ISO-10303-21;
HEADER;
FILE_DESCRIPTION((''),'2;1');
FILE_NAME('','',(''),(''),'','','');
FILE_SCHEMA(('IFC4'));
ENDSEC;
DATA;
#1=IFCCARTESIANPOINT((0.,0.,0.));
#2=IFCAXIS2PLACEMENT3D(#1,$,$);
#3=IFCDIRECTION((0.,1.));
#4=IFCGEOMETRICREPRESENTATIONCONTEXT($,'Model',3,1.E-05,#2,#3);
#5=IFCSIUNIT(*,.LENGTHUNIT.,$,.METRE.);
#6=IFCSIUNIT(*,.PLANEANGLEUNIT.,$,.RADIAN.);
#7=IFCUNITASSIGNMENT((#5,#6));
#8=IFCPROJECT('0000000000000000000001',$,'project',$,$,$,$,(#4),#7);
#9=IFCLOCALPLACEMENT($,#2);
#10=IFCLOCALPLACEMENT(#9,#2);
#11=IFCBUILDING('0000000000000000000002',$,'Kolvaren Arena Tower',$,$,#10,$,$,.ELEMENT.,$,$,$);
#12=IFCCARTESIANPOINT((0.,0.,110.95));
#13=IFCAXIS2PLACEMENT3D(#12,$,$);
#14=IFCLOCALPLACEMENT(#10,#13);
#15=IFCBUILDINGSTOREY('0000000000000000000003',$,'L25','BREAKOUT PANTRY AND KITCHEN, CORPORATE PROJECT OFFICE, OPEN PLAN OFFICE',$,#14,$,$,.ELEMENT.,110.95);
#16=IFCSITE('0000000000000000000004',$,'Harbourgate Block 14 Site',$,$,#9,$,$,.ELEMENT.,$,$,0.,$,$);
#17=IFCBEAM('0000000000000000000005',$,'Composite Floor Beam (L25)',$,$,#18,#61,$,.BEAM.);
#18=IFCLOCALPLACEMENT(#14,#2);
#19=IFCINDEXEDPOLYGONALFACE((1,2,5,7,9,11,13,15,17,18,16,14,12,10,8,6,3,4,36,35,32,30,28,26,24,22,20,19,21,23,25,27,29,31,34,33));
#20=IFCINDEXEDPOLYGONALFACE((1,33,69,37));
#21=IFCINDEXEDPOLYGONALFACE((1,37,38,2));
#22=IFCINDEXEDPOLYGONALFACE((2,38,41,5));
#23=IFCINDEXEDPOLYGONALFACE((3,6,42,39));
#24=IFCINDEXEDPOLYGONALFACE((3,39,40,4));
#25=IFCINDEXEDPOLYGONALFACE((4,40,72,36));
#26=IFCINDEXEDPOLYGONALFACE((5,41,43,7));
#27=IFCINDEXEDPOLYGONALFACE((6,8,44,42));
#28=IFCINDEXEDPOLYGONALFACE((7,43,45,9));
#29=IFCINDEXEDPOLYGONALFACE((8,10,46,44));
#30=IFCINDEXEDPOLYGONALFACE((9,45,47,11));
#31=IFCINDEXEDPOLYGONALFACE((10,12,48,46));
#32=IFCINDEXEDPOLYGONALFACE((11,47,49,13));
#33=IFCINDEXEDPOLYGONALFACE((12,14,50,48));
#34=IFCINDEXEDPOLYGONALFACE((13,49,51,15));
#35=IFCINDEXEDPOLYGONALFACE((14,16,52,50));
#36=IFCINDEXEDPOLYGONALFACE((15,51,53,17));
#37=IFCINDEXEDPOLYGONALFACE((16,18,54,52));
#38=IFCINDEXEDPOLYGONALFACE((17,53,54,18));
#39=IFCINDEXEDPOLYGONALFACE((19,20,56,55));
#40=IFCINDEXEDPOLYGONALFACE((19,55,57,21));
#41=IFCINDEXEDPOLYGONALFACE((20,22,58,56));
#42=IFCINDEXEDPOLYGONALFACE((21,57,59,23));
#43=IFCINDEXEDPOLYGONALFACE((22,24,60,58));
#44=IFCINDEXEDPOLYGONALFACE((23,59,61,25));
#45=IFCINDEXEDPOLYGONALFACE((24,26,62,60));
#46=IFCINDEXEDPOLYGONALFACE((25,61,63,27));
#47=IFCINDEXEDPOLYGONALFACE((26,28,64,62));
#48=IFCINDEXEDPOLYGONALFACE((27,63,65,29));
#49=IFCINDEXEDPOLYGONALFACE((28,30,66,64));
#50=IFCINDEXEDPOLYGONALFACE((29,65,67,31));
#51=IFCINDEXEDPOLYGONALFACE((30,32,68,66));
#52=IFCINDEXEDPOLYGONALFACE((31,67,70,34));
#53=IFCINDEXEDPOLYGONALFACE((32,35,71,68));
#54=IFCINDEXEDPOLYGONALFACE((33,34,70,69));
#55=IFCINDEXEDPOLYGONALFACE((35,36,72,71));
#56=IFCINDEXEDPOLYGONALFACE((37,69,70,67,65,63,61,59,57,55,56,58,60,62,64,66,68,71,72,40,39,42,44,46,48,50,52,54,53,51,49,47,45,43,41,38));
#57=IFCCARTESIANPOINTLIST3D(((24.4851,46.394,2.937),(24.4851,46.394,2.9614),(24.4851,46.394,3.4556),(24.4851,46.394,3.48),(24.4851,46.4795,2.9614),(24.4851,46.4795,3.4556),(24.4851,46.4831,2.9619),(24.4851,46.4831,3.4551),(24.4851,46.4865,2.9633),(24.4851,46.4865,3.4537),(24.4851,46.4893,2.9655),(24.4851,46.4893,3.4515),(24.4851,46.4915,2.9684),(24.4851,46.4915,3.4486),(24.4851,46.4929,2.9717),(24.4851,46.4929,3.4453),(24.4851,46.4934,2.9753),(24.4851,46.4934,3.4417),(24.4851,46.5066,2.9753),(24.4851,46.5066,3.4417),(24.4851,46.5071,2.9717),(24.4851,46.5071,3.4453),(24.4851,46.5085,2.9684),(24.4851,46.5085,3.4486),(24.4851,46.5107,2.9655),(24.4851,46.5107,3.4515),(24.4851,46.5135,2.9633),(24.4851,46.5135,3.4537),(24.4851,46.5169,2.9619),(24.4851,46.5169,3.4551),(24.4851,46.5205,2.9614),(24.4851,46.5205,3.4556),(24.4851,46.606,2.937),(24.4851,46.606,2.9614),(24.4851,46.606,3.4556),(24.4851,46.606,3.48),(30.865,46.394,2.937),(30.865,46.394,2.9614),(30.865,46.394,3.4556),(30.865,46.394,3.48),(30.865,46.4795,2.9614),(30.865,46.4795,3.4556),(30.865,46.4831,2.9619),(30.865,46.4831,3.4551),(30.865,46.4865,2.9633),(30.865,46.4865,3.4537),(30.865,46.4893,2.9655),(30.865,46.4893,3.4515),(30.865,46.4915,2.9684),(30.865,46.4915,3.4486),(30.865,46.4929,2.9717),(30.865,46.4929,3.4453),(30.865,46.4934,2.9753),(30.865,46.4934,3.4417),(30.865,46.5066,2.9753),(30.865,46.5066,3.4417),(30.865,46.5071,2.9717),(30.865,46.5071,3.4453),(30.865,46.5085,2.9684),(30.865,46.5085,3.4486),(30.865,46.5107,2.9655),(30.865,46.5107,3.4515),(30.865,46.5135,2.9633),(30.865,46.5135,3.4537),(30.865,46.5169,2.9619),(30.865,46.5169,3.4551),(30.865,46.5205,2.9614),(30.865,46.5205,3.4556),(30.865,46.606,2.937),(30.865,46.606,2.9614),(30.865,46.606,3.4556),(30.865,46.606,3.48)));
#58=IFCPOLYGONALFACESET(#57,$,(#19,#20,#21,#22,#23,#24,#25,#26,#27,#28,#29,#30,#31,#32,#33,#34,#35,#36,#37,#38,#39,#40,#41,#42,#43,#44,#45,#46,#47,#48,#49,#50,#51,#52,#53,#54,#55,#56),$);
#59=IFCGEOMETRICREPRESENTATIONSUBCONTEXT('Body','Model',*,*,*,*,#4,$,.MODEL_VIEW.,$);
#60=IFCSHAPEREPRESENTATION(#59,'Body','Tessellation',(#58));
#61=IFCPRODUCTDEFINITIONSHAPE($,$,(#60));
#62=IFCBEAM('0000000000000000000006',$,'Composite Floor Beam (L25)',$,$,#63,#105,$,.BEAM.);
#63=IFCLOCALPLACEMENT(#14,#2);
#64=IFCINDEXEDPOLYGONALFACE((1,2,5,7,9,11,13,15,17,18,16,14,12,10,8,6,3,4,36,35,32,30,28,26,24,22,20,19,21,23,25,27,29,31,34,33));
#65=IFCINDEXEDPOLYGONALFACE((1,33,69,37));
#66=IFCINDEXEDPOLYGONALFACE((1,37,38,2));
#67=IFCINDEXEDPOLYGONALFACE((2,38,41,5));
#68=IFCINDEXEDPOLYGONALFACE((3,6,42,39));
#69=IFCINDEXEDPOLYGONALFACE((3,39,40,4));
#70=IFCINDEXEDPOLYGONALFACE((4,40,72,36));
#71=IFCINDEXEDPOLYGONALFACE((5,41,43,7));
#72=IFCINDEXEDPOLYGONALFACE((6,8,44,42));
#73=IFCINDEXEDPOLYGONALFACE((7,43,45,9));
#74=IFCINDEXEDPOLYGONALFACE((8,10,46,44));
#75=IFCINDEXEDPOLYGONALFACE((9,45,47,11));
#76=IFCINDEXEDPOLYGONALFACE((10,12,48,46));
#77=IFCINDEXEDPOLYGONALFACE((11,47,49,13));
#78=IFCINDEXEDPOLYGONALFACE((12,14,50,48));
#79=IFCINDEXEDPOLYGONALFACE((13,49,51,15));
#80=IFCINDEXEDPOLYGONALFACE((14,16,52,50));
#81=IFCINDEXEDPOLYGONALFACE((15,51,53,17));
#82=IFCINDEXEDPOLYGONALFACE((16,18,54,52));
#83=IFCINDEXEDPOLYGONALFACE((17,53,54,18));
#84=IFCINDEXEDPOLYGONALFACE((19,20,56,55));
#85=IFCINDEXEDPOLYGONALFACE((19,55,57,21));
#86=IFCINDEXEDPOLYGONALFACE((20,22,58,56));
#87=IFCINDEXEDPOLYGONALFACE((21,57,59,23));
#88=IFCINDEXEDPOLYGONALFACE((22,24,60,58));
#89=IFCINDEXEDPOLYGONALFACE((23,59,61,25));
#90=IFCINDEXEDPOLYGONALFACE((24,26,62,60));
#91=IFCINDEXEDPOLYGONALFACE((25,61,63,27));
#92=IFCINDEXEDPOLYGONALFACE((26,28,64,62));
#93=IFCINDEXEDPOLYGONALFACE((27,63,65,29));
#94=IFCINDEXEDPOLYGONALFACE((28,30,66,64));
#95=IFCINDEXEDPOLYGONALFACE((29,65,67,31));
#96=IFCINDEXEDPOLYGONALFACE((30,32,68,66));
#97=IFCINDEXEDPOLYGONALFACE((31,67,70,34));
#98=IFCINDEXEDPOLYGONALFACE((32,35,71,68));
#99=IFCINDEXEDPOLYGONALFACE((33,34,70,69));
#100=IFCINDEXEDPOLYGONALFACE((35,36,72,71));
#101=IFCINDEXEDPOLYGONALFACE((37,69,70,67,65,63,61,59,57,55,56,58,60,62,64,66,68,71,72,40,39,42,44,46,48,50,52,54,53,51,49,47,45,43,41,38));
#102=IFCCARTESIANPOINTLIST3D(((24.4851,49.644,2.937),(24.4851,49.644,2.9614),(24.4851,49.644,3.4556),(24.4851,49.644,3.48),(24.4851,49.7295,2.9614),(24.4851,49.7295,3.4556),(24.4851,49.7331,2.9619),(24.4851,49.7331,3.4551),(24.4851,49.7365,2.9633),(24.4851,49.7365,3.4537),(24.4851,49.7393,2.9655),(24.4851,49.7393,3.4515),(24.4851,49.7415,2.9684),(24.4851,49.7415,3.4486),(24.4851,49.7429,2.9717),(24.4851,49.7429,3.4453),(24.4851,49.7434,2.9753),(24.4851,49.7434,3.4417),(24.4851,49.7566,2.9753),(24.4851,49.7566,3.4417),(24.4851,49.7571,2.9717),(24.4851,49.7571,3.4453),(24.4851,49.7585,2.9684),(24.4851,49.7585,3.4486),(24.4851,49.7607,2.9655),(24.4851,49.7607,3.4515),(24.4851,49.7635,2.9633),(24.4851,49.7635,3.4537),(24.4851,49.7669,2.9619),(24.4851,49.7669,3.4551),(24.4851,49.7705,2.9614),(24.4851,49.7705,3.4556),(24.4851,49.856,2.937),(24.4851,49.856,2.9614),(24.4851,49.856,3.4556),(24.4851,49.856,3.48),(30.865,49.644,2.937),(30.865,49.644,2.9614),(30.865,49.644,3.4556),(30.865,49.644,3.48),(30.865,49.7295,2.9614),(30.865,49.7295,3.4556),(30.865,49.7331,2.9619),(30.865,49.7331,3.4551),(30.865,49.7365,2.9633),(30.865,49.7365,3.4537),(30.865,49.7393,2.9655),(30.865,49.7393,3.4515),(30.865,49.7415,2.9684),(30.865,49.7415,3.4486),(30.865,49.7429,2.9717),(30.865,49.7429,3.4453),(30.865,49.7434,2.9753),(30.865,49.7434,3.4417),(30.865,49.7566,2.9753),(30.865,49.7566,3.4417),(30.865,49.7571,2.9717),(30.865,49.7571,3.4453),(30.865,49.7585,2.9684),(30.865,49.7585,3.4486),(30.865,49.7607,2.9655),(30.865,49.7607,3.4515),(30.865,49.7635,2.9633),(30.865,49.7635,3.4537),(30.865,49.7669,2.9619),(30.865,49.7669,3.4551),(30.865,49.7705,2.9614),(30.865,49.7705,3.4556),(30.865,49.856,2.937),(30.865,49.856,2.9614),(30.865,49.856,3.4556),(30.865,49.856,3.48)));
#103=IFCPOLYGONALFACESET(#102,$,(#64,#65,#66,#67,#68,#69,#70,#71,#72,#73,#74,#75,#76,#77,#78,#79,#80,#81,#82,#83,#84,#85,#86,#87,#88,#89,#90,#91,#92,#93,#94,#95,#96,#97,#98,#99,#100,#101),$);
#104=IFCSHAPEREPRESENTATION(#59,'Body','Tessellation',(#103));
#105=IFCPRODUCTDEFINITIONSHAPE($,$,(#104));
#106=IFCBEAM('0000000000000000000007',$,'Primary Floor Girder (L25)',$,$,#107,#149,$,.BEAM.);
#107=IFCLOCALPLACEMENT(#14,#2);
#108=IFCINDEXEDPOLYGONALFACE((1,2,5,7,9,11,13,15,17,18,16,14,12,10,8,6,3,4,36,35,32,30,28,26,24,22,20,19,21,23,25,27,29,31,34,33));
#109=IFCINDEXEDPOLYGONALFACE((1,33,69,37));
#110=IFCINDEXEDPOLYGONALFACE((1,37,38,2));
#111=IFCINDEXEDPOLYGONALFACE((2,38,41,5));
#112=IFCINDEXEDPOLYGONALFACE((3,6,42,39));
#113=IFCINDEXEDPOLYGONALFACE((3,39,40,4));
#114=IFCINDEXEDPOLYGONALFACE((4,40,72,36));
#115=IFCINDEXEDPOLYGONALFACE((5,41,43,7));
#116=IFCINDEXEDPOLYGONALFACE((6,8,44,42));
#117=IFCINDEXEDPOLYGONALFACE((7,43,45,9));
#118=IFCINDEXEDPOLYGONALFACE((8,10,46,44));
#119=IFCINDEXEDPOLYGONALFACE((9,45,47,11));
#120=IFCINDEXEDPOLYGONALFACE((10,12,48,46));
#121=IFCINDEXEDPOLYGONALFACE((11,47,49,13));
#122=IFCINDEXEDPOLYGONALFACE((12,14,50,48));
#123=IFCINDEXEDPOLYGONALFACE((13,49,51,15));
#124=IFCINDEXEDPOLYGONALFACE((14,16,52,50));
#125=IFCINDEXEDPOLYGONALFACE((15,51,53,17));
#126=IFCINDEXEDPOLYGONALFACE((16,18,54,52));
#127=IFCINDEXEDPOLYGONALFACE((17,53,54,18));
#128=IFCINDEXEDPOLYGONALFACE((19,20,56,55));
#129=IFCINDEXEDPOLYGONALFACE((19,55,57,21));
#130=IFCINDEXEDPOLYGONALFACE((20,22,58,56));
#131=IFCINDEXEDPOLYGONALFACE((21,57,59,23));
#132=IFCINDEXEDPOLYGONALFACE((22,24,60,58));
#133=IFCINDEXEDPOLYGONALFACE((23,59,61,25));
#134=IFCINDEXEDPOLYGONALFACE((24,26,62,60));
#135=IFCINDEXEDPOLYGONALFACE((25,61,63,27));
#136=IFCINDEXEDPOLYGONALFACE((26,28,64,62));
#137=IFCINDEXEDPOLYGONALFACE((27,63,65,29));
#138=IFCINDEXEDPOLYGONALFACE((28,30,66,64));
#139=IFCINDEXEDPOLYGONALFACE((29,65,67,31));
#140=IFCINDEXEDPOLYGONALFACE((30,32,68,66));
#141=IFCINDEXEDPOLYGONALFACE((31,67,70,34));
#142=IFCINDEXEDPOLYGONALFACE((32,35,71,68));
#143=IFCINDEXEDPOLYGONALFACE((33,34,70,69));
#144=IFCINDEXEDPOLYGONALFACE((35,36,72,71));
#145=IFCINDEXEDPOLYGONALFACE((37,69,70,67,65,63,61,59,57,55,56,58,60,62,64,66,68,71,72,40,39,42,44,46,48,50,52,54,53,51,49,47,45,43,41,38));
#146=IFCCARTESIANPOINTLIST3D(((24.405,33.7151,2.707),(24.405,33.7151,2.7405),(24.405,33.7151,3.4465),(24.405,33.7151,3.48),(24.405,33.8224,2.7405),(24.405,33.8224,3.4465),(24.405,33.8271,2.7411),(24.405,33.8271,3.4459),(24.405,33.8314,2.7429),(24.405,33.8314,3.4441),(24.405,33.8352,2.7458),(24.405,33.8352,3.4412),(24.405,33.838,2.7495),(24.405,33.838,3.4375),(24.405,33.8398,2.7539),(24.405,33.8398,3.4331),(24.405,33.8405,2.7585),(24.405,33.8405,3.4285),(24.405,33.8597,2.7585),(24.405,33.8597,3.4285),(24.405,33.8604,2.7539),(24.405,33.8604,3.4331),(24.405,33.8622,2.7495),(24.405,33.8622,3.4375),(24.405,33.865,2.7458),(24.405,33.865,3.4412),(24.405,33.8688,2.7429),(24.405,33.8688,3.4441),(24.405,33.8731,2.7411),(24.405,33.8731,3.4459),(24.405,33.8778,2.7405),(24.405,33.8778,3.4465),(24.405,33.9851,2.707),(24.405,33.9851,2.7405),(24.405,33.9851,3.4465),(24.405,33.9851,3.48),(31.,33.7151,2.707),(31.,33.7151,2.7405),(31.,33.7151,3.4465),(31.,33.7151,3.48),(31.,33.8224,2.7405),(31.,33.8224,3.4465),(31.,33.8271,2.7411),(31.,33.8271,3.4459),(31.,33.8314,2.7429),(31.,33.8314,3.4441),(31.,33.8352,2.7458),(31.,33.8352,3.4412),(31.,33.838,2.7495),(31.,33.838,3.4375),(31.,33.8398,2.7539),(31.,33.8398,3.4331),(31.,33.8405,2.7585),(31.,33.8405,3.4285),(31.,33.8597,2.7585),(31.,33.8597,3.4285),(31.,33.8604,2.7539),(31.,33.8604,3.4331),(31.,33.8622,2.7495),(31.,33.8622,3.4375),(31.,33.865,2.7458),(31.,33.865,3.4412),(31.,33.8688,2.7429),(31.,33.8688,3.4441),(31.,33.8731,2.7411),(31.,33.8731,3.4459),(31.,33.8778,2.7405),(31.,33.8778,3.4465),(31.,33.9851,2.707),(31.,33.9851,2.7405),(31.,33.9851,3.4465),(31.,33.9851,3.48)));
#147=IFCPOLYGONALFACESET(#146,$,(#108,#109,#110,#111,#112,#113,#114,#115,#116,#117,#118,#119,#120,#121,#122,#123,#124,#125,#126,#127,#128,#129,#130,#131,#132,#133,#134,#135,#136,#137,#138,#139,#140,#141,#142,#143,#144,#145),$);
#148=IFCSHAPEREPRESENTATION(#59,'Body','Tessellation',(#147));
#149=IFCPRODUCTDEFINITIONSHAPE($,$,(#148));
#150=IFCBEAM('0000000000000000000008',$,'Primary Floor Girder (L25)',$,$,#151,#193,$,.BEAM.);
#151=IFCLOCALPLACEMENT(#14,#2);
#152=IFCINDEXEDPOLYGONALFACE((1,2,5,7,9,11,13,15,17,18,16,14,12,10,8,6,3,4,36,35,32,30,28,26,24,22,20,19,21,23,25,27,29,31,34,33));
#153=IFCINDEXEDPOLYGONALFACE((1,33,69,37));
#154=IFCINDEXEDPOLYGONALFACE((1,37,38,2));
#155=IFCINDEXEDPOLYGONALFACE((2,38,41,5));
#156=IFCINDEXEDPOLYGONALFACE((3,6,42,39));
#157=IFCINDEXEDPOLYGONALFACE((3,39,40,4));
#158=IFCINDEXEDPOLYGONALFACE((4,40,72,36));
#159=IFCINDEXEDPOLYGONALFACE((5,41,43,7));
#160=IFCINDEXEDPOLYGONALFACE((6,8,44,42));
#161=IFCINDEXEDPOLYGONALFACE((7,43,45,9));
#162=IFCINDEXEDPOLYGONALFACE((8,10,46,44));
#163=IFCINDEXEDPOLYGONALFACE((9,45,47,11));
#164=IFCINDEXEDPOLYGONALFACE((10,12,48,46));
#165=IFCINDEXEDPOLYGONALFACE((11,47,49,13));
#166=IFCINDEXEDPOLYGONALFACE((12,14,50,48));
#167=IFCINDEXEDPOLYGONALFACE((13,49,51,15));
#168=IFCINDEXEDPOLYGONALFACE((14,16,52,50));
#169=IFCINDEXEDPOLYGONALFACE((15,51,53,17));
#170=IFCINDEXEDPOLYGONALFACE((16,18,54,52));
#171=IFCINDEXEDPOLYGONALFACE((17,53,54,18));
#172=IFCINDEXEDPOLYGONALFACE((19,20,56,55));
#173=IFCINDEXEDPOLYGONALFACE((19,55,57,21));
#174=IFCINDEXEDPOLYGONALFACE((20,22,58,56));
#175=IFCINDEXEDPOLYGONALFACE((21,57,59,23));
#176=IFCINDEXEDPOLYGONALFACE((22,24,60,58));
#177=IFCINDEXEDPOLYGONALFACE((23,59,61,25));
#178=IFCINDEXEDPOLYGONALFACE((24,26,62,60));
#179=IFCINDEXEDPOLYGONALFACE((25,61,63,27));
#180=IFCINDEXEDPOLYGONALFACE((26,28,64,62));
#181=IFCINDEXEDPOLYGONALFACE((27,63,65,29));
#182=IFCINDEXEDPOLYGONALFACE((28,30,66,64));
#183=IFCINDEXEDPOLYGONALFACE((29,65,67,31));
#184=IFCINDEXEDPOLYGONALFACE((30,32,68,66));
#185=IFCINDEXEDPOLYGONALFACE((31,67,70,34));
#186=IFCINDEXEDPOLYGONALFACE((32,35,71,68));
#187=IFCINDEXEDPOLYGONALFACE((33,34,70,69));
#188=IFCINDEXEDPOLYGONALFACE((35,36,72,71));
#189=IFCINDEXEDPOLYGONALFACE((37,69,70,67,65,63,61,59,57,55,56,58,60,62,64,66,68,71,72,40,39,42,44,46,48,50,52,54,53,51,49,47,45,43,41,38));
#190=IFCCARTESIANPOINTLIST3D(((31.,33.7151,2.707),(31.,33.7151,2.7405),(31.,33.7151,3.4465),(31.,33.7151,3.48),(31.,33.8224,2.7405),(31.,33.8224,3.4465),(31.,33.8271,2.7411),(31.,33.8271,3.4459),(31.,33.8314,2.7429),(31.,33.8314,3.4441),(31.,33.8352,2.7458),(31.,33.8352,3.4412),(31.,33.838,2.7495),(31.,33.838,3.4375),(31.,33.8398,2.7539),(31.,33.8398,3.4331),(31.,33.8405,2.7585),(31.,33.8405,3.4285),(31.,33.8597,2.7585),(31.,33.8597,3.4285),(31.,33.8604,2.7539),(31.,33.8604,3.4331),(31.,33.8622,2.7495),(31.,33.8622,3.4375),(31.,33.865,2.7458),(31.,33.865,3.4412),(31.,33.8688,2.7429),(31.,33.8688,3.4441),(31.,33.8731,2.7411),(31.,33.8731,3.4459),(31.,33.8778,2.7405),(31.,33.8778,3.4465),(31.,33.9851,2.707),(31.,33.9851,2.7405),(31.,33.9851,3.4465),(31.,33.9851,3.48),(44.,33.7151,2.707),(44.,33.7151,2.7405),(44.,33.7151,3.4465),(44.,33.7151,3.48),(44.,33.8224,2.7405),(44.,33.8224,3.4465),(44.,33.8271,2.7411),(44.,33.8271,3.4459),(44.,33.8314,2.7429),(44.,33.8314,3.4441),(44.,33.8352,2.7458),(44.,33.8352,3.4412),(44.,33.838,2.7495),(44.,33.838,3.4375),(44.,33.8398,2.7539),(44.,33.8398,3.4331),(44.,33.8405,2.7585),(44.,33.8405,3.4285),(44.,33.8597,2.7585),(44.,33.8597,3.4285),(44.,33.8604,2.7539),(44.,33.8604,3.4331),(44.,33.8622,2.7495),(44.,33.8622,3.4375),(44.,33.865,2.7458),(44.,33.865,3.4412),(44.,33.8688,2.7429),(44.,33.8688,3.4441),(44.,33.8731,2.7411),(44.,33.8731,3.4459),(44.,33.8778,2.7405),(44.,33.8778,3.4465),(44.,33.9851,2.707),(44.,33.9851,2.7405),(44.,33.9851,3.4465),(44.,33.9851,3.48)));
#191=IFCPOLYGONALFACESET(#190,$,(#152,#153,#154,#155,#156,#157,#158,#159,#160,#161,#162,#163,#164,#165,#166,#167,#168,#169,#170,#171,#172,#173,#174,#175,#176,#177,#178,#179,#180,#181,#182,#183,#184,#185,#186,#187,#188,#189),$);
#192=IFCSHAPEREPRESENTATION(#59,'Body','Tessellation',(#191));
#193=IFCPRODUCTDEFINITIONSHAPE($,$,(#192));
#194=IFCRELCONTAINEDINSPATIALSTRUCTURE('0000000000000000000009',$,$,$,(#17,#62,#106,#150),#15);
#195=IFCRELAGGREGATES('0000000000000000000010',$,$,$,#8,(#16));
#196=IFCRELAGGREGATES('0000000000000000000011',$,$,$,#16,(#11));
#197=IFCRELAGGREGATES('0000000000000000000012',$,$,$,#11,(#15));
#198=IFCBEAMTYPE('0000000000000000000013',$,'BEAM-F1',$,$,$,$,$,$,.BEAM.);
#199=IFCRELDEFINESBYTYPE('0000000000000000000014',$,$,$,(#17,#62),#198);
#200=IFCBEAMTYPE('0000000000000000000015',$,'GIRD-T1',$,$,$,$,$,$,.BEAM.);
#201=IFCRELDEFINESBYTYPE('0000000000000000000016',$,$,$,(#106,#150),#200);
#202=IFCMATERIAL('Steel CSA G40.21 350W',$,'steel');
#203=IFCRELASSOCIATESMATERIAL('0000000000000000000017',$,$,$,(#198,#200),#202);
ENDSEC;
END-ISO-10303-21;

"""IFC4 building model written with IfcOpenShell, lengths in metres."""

from ifc_helpers import new_model, si_unit, direction, frame, origin, origin_2d, place, context, subcontext, project, spatial, i_section, extrude, material, material_profile, profile_set, type_object, element, save


model = new_model("IFC4")

# Units and contexts
model_context = context("Model", 3, precision=1e-05, world=origin(), true_north=direction((0.0, 1.0)))
body_context = subcontext(model_context, "Body", "Model", "MODEL_VIEW")
ifc_project = project(units=[si_unit("LENGTHUNIT", "METRE"), si_unit("PLANEANGLEUNIT", "RADIAN")], contexts=[model_context])

# Site, building, storey
site_placement = place(None, origin())
site = spatial("IfcSite", under=ifc_project, at=site_placement, Name="Harbourgate Block 14 Site", CompositionType="ELEMENT", RefElevation=0.0)
building_placement = place(site_placement, origin())
building = spatial("IfcBuilding", under=site, at=building_placement, Name="Kolvaren Arena Tower", CompositionType="ELEMENT")
storey_placement = place(building_placement, frame((0.0, 0.0, 110.95)))
storey = spatial("IfcBuildingStorey", under=building, at=storey_placement, Name="L25", Description="BREAKOUT PANTRY AND KITCHEN, CORPORATE PROJECT OFFICE, OPEN PLAN OFFICE", CompositionType="ELEMENT", Elevation=110.95)

# Beams
ifc_material_1 = material(Name="Steel CSA G40.21 350W", Category="steel")
ifc_material_profile_1 = material_profile(ifc_material_1, i_section(OverallWidth=0.2119, OverallDepth=0.543, WebThickness=0.0132, FlangeThickness=0.0244, FilletRadius=0.0139, at=origin_2d()), Name="W530x150")
ifc_profile_set_1 = profile_set([ifc_material_profile_1], Name="Steel CSA G40.21 350W")
beam_type_1 = type_object("IfcBeamType", Name="BEAM-F1", PredefinedType="BEAM", material=ifc_profile_set_1)
for number, where, z_axis, x_axis, name in (
    (1, (24.4851, 46.5, 3.2085), (1.0, 0.0, 0.0), (0.0, 1.0, 0.0), "Composite Floor Beam (L25)"),
    (2, (24.4851, 49.75, 3.2085), (1.0, 0.0, 0.0), (0.0, 1.0, 0.0), "Composite Floor Beam (L25)"),
):
    element("IfcBeam", number, at=place(storey_placement, frame(where, z_axis=z_axis, x_axis=x_axis)), inside=storey, type_object=beam_type_1, Name=name, PredefinedType="BEAM", context=body_context, shape_type="SweptSolid", body=[
        extrude(i_section(OverallWidth=0.2119, OverallDepth=0.543, WebThickness=0.0132, FlangeThickness=0.0244, FilletRadius=0.0139, at=origin_2d()), origin(), (0.0, 0.0, 1.0), 6.3799),
    ])
ifc_material_profile_2 = material_profile(ifc_material_1, i_section(OverallWidth=0.27, OverallDepth=0.7729, WebThickness=0.0193, FlangeThickness=0.0334, FilletRadius=0.0181, at=origin_2d()), Name="W760x257")
ifc_profile_set_2 = profile_set([ifc_material_profile_2], Name="Steel CSA G40.21 350W")
beam_type_2 = type_object("IfcBeamType", Name="GIRD-T1", PredefinedType="BEAM", material=ifc_profile_set_2)
beam_1_placement = place(storey_placement, frame((24.405, 33.8501, 3.0935), z_axis=(1.0, 0.0, 0.0), x_axis=(0.0, 1.0, 0.0)))
element("IfcBeam", 3, at=beam_1_placement, inside=storey, type_object=beam_type_2, Name="Primary Floor Girder (L25)", PredefinedType="BEAM", context=body_context, shape_type="SweptSolid", body=[
    extrude(i_section(OverallWidth=0.27, OverallDepth=0.7729, WebThickness=0.0193, FlangeThickness=0.0334, FilletRadius=0.0181, at=origin_2d()), origin(), (0.0, 0.0, 1.0), 6.595),
])
beam_2_placement = place(storey_placement, frame((31.0, 33.8501, 3.0935), z_axis=(1.0, 0.0, 0.0), x_axis=(0.0, 1.0, 0.0)))
element("IfcBeam", 4, at=beam_2_placement, inside=storey, type_object=beam_type_2, Name="Primary Floor Girder (L25)", PredefinedType="BEAM", context=body_context, shape_type="SweptSolid", body=[
    extrude(i_section(OverallWidth=0.27, OverallDepth=0.7729, WebThickness=0.0193, FlangeThickness=0.0334, FilletRadius=0.0181, at=origin_2d()), origin(), (0.0, 0.0, 1.0), 13.0),
])

save(model, "model.ifc")
